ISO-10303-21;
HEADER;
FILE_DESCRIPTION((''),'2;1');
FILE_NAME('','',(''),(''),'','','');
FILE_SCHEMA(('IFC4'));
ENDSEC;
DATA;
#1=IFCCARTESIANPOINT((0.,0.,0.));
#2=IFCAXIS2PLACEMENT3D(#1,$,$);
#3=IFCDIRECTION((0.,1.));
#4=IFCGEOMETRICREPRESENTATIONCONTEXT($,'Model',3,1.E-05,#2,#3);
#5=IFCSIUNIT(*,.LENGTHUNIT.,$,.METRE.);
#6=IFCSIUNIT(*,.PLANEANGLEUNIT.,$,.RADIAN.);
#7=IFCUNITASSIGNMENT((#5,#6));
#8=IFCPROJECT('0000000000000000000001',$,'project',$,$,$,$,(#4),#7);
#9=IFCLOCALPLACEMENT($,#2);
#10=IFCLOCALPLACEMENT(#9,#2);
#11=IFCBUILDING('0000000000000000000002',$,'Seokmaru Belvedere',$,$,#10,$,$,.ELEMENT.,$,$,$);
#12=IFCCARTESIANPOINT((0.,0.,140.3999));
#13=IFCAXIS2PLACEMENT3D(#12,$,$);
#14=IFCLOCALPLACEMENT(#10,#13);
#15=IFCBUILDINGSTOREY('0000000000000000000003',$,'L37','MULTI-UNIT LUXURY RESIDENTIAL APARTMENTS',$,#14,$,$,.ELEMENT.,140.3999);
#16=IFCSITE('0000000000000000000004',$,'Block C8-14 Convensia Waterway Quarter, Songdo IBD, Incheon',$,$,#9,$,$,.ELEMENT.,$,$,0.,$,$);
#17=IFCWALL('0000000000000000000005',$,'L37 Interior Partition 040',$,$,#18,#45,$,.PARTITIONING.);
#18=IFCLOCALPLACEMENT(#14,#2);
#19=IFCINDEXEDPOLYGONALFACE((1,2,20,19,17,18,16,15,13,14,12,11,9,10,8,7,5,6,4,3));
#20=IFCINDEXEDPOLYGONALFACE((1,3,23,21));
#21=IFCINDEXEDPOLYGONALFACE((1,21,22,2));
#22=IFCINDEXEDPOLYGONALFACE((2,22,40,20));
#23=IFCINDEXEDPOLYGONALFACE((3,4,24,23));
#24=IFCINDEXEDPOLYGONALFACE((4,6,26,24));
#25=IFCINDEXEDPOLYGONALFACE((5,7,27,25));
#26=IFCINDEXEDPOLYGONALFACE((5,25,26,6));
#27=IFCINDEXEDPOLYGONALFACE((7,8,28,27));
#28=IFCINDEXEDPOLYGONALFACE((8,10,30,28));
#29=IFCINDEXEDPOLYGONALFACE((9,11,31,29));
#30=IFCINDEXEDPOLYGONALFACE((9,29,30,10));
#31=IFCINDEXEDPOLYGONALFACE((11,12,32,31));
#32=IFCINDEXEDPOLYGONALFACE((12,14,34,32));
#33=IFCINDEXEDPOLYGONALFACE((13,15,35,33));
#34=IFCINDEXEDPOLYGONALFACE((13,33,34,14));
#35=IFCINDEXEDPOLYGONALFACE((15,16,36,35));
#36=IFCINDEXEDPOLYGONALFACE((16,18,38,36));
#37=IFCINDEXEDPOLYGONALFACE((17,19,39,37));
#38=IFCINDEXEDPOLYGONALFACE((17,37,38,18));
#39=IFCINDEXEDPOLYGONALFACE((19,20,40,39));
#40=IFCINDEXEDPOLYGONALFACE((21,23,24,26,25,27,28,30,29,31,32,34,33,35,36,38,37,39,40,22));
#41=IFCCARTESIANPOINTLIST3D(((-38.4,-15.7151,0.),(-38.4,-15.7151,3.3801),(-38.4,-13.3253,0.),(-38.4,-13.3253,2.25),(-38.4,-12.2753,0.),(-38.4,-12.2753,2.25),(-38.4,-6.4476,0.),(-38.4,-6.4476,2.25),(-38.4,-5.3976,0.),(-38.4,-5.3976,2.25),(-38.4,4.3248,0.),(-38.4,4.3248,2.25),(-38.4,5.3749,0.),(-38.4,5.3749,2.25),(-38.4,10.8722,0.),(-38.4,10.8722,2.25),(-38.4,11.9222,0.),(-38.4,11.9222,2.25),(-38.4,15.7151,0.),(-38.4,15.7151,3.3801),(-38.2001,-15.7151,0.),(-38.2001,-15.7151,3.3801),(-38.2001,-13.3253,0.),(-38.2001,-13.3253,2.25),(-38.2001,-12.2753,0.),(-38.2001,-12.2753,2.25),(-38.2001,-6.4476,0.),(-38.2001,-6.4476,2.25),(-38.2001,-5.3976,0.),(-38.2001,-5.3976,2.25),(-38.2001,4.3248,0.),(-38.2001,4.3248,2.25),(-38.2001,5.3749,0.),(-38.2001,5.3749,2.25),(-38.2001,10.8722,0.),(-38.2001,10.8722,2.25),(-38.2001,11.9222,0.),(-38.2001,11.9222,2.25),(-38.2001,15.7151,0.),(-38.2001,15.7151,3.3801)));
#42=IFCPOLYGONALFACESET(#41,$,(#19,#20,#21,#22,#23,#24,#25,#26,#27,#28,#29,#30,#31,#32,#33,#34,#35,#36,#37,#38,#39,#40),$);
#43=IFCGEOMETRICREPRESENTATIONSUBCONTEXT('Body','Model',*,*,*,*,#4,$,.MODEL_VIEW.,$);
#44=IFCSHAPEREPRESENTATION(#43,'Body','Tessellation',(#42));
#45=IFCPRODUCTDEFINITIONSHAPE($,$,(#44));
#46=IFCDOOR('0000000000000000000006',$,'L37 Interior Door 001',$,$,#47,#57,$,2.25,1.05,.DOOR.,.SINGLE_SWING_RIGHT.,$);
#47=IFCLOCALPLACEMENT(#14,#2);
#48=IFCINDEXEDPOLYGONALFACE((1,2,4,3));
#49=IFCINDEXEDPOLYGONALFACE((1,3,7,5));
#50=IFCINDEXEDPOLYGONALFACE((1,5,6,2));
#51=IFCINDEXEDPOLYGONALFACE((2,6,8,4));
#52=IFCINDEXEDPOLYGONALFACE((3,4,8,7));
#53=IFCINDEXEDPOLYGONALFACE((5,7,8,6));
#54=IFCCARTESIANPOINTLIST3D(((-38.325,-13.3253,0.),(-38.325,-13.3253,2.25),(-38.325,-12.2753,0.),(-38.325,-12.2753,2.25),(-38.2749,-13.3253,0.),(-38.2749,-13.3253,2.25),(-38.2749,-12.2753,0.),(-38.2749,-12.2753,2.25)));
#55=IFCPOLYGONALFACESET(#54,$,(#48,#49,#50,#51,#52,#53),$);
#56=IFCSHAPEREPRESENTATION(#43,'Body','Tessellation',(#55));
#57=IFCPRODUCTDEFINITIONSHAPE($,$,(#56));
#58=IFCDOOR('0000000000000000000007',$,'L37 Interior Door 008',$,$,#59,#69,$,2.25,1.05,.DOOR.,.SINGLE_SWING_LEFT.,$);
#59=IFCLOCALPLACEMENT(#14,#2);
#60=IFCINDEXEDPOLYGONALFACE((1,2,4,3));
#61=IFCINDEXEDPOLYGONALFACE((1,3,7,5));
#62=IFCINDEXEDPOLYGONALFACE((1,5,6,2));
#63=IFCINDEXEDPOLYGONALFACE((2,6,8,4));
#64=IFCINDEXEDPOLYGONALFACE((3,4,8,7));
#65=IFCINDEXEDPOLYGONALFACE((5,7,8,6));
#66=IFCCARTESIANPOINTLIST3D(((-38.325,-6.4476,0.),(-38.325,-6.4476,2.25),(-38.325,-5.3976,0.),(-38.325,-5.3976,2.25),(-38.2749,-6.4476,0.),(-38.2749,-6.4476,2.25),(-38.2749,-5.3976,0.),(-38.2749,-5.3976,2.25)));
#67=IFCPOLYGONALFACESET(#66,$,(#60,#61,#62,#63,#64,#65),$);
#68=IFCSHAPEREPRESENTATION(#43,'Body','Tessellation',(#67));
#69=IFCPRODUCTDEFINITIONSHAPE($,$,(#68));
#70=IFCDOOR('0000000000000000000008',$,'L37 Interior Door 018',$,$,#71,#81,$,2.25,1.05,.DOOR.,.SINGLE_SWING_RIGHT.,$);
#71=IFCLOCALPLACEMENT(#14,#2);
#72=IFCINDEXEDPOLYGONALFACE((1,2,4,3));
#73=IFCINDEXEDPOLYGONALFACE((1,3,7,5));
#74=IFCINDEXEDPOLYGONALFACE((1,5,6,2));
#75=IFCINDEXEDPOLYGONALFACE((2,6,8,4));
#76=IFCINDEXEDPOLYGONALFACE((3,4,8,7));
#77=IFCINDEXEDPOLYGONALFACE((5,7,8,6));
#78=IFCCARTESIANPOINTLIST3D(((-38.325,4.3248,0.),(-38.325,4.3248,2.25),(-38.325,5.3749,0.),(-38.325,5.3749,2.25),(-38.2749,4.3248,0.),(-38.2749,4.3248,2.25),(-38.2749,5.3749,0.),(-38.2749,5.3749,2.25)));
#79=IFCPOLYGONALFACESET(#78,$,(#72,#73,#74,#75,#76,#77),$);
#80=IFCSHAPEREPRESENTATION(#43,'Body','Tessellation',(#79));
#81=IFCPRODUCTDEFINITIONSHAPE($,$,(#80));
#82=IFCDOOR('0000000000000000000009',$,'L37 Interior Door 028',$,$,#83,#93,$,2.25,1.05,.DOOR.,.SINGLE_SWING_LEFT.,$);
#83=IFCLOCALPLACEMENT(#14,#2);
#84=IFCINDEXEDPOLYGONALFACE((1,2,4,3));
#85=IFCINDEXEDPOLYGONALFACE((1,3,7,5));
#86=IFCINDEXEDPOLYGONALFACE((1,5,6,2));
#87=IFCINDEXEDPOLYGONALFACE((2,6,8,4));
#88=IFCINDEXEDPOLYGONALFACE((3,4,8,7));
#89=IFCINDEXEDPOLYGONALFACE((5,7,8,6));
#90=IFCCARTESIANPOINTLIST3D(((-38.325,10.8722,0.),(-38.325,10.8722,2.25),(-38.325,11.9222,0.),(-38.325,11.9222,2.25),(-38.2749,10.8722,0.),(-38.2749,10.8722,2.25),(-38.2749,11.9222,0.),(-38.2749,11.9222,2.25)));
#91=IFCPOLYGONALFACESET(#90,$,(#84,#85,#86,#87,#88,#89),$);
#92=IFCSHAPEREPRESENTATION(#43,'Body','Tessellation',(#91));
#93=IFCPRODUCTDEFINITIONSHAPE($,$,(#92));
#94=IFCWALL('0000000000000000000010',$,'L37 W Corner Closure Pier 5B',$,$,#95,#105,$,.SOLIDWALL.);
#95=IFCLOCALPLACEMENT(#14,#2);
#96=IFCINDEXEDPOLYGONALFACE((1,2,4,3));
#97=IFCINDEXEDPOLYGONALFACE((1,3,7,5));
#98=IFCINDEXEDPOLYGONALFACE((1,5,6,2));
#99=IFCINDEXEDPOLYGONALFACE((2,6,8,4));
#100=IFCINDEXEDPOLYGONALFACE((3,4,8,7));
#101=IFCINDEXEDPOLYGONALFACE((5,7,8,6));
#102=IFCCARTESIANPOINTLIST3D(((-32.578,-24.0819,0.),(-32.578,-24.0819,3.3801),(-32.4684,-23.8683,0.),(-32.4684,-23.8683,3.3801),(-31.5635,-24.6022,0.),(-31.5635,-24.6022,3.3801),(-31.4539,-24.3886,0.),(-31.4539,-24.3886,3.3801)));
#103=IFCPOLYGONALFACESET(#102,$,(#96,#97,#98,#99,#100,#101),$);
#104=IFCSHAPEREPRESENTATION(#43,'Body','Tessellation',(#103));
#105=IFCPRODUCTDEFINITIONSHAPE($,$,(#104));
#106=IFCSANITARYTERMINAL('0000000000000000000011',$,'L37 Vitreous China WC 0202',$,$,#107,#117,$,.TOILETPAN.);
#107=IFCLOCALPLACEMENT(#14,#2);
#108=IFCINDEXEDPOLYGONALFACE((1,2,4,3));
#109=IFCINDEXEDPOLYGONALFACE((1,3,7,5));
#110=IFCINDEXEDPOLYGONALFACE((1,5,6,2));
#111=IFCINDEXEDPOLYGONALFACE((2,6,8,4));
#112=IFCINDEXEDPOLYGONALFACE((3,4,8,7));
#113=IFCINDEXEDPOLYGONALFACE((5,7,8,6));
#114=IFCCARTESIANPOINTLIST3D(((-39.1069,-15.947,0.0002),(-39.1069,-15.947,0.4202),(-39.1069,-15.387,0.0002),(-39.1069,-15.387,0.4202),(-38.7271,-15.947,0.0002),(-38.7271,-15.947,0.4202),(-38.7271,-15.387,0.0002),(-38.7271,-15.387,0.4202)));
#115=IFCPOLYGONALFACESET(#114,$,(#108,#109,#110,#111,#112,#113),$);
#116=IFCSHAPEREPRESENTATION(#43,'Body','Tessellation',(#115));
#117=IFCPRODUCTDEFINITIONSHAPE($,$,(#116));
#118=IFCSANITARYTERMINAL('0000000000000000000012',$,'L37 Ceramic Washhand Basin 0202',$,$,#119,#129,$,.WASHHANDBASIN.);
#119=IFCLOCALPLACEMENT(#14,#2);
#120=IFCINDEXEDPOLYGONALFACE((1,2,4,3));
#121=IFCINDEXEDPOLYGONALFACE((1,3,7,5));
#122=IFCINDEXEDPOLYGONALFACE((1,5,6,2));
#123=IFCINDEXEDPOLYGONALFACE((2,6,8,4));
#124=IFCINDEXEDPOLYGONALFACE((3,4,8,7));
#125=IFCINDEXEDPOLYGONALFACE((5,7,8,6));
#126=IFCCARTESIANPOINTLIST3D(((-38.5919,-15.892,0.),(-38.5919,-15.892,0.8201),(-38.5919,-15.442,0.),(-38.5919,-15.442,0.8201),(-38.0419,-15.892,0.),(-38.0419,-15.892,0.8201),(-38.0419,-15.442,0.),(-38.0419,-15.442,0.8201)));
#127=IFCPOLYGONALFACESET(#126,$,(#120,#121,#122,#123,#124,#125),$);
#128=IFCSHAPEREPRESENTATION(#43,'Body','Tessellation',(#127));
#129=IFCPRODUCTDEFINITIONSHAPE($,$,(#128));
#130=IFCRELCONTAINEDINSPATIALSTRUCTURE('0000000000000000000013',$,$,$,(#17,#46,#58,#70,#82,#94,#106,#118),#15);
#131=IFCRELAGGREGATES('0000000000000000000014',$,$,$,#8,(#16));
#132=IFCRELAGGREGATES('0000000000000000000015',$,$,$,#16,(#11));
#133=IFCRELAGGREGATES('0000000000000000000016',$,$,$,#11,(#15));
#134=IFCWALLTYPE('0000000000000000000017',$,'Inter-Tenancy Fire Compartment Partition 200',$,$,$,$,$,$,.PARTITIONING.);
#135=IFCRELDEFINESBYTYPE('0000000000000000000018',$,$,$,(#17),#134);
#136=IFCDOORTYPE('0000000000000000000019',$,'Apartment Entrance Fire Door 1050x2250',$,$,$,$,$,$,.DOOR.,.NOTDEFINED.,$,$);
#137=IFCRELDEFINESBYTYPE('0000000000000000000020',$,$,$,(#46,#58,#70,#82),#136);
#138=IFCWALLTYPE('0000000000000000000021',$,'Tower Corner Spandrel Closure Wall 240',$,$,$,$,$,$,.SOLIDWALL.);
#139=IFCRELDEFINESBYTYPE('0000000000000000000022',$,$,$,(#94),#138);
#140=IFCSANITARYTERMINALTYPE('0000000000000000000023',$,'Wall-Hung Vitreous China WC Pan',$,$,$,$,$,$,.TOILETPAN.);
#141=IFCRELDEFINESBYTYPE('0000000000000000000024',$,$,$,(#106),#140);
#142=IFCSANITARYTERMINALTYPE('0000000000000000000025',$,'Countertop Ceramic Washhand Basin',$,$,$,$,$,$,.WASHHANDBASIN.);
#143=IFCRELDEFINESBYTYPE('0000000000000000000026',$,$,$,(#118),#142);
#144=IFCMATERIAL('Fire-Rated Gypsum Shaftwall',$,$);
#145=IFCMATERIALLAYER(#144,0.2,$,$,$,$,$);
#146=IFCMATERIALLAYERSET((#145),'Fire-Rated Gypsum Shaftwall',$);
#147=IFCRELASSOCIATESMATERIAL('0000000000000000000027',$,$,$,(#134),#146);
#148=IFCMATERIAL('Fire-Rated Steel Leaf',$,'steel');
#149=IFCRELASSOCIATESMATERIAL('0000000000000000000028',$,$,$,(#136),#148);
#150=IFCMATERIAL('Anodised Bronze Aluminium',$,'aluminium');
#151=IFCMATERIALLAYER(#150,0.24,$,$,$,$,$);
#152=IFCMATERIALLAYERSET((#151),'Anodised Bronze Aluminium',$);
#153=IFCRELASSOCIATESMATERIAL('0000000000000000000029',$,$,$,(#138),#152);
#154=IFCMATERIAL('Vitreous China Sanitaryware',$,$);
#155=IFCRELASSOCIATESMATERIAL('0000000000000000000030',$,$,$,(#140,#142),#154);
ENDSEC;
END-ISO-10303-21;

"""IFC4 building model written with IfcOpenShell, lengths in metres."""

from ifc_helpers import new_model, si_unit, direction, frame, frame_2d, origin, origin_2d, place, context, subcontext, project, spatial, rectangle, extrude, source, transform, mapped, material, layer, layer_set, type_object, type_shapes, element, fill, save


model = new_model("IFC4")

# Units and contexts
model_context = context("Model", 3, precision=1e-05, world=origin(), true_north=direction((0.0, 1.0)))
body_context = subcontext(model_context, "Body", "Model", "MODEL_VIEW")
ifc_project = project(units=[si_unit("LENGTHUNIT", "METRE"), si_unit("PLANEANGLEUNIT", "RADIAN")], contexts=[model_context])

# Site, building, storey
site_placement = place(None, origin())
site = spatial("IfcSite", under=ifc_project, at=site_placement, Name="Block C8-14 Convensia Waterway Quarter, Songdo IBD, Incheon", CompositionType="ELEMENT", RefElevation=0.0)
building_placement = place(site_placement, origin())
building = spatial("IfcBuilding", under=site, at=building_placement, Name="Seokmaru Belvedere", CompositionType="ELEMENT")
storey_placement = place(building_placement, frame((0.0, 0.0, 140.3999)))
storey = spatial("IfcBuildingStorey", under=building, at=storey_placement, Name="L37", Description="MULTI-UNIT LUXURY RESIDENTIAL APARTMENTS", CompositionType="ELEMENT", Elevation=140.3999)

# Shared definitions
ifc_material_1 = material(Name="Anodised Bronze Aluminium", Category="aluminium")

# Shared definitions
ifc_material_2 = material(Name="Fire-Rated Gypsum Shaftwall")
ifc_layer_1 = layer(ifc_material_2, 0.2)
ifc_layer_set_1 = layer_set([ifc_layer_1], Name="Fire-Rated Gypsum Shaftwall")
wall_type_1 = type_object("IfcWallType", Name="Inter-Tenancy Fire Compartment Partition 200", PredefinedType="PARTITIONING", material=ifc_layer_set_1)

# Wall, openings, doors
wall_1_placement = place(storey_placement, frame((-38.3, -15.7151, 0.0), z_axis=(0.0, 0.0, 1.0), x_axis=(0.0, 1.0, 0.0)))
wall_1 = element("IfcWall", 1, at=wall_1_placement, inside=storey, type_object=wall_type_1, Name="L37 Interior Partition 040", PredefinedType="PARTITIONING", context=body_context, shape_type="SweptSolid", body=[
    extrude(rectangle(XDim=31.4302, YDim=0.2, at=frame_2d((15.7151, 0.0))), origin(), (0.0, 0.0, 1.0), 3.3801),
])
opening_1_placement = place(wall_1_placement, frame((2.3899, 0.0, 0.0)))
opening_1 = element("IfcOpeningElement", 2, at=opening_1_placement, cuts=wall_1, PredefinedType="OPENING", context=body_context, shape_type="SweptSolid", body=[
    extrude(rectangle(XDim=1.05, YDim=2.25, at=frame_2d((0.5249, 1.125))), frame((0.0, 0.1099, 0.0), z_axis=(0.0, -1.0, 0.0), x_axis=(1.0, 0.0, 0.0)), (0.0, 0.0, 1.0), 0.22),
])
opening_2_placement = place(wall_1_placement, frame((9.2676, 0.0, 0.0)))
opening_2 = element("IfcOpeningElement", 3, at=opening_2_placement, cuts=wall_1, PredefinedType="OPENING", context=body_context, shape_type="SweptSolid", body=[
    extrude(rectangle(XDim=1.05, YDim=2.25, at=frame_2d((0.5249, 1.125))), frame((0.0, 0.1099, 0.0), z_axis=(0.0, -1.0, 0.0), x_axis=(1.0, 0.0, 0.0)), (0.0, 0.0, 1.0), 0.22),
])
opening_3_placement = place(wall_1_placement, frame((20.04, 0.0, 0.0)))
opening_3 = element("IfcOpeningElement", 4, at=opening_3_placement, cuts=wall_1, PredefinedType="OPENING", context=body_context, shape_type="SweptSolid", body=[
    extrude(rectangle(XDim=1.05, YDim=2.25, at=frame_2d((0.5249, 1.125))), frame((0.0, 0.1099, 0.0), z_axis=(0.0, -1.0, 0.0), x_axis=(1.0, 0.0, 0.0)), (0.0, 0.0, 1.0), 0.22),
])
opening_4_placement = place(wall_1_placement, frame((26.5874, 0.0, 0.0)))
opening_4 = element("IfcOpeningElement", 5, at=opening_4_placement, cuts=wall_1, PredefinedType="OPENING", context=body_context, shape_type="SweptSolid", body=[
    extrude(rectangle(XDim=1.05, YDim=2.25, at=frame_2d((0.5249, 1.125))), frame((0.0, 0.1099, 0.0), z_axis=(0.0, -1.0, 0.0), x_axis=(1.0, 0.0, 0.0)), (0.0, 0.0, 1.0), 0.22),
])
ifc_material_3 = material(Name="Fire-Rated Steel Leaf", Category="steel")
door_type_1 = type_object("IfcDoorType", Name="Apartment Entrance Fire Door 1050x2250", OperationType="NOTDEFINED", PredefinedType="DOOR", material=ifc_material_3)
shared_shape_1 = source(origin(), body_context, "Body", "SweptSolid", [
    extrude(rectangle(XDim=1.05, YDim=2.25, at=frame_2d((0.5249, 1.125))), frame((0.0, 0.0249, 0.0), z_axis=(0.0, -1.0, 0.0), x_axis=(1.0, 0.0, 0.0)), (0.0, 0.0, 1.0), 0.05),
])
type_shapes(door_type_1, [shared_shape_1])
door_1_placement = place(opening_1_placement, origin())
door_1 = element("IfcDoor", 6, at=door_1_placement, inside=storey, type_object=door_type_1, Name="L37 Interior Door 001", OperationType="SINGLE_SWING_RIGHT", OverallHeight=2.25, OverallWidth=1.05, PredefinedType="DOOR", context=body_context, shape_type="MappedRepresentation", body=[
    mapped(shared_shape_1, transform((0.0, 0.0, 0.0), scale=1.0)),
])
fill(opening_1, door_1)
door_2_placement = place(opening_2_placement, origin())
door_2 = element("IfcDoor", 7, at=door_2_placement, inside=storey, type_object=door_type_1, Name="L37 Interior Door 008", OperationType="SINGLE_SWING_LEFT", OverallHeight=2.25, OverallWidth=1.05, PredefinedType="DOOR", context=body_context, shape_type="MappedRepresentation", body=[
    mapped(shared_shape_1, transform((0.0, 0.0, 0.0), scale=1.0)),
])
fill(opening_2, door_2)
door_3_placement = place(opening_3_placement, origin())
door_3 = element("IfcDoor", 8, at=door_3_placement, inside=storey, type_object=door_type_1, Name="L37 Interior Door 018", OperationType="SINGLE_SWING_RIGHT", OverallHeight=2.25, OverallWidth=1.05, PredefinedType="DOOR", context=body_context, shape_type="MappedRepresentation", body=[
    mapped(shared_shape_1, transform((0.0, 0.0, 0.0), scale=1.0)),
])
fill(opening_3, door_3)
door_4_placement = place(opening_4_placement, origin())
door_4 = element("IfcDoor", 9, at=door_4_placement, inside=storey, type_object=door_type_1, Name="L37 Interior Door 028", OperationType="SINGLE_SWING_LEFT", OverallHeight=2.25, OverallWidth=1.05, PredefinedType="DOOR", context=body_context, shape_type="MappedRepresentation", body=[
    mapped(shared_shape_1, transform((0.0, 0.0, 0.0), scale=1.0)),
])
fill(opening_4, door_4)

# Wall
ifc_layer_2 = layer(ifc_material_1, 0.24)
ifc_layer_set_2 = layer_set([ifc_layer_2], Name="Anodised Bronze Aluminium")
wall_type_2 = type_object("IfcWallType", Name="Tower Corner Spandrel Closure Wall 240", PredefinedType="SOLIDWALL", material=ifc_layer_set_2)
wall_2_placement = place(storey_placement, frame((-32.5232, -23.9751, 0.0), z_axis=(0.0, 0.0, 1.0), x_axis=(0.889797, -0.456356, 0.0)))
element("IfcWall", 10, at=wall_2_placement, inside=storey, type_object=wall_type_2, Name="L37 W Corner Closure Pier 5B", PredefinedType="SOLIDWALL", context=body_context, shape_type="SweptSolid", body=[
    extrude(rectangle(XDim=1.1401, YDim=0.24, at=frame_2d((0.5701, 0.0))), origin(), (0.0, 0.0, 1.0), 3.3801),
])

# Sanitary terminals
ifc_material_4 = material(Name="Vitreous China Sanitaryware")
sanitary_terminal_type_1 = type_object("IfcSanitaryTerminalType", Name="Wall-Hung Vitreous China WC Pan", PredefinedType="TOILETPAN", material=ifc_material_4)
shared_shape_2 = source(origin(), body_context, "Body", "SweptSolid", [
    extrude(rectangle(XDim=0.3799, YDim=0.5601, at=origin_2d()), origin(), (0.0, 0.0, 1.0), 0.4199),
])
type_shapes(sanitary_terminal_type_1, [shared_shape_2])
sanitary_terminal_1_placement = place(storey_placement, frame((-38.917, -15.667, 0.0002), z_axis=(0.0, 0.0, 1.0), x_axis=(1.0, 0.0, 0.0)))
element("IfcSanitaryTerminal", 11, at=sanitary_terminal_1_placement, inside=storey, type_object=sanitary_terminal_type_1, Name="L37 Vitreous China WC 0202", PredefinedType="TOILETPAN", context=body_context, shape_type="MappedRepresentation", body=[
    mapped(shared_shape_2, transform((0.0, 0.0, 0.0), scale=1.0)),
])
sanitary_terminal_type_2 = type_object("IfcSanitaryTerminalType", Name="Countertop Ceramic Washhand Basin", PredefinedType="WASHHANDBASIN", material=ifc_material_4)
shared_shape_3 = source(origin(), body_context, "Body", "SweptSolid", [
    extrude(rectangle(XDim=0.55, YDim=0.45, at=origin_2d()), origin(), (0.0, 0.0, 1.0), 0.8201),
])
type_shapes(sanitary_terminal_type_2, [shared_shape_3])
sanitary_terminal_2_placement = place(storey_placement, frame((-38.3169, -15.667, 0.0), z_axis=(0.0, 0.0, 1.0), x_axis=(1.0, 0.0, 0.0)))
element("IfcSanitaryTerminal", 12, at=sanitary_terminal_2_placement, inside=storey, type_object=sanitary_terminal_type_2, Name="L37 Ceramic Washhand Basin 0202", PredefinedType="WASHHANDBASIN", context=body_context, shape_type="MappedRepresentation", body=[
    mapped(shared_shape_3, transform((0.0, 0.0, 0.0), scale=1.0)),
])

save(model, "model.ifc")
